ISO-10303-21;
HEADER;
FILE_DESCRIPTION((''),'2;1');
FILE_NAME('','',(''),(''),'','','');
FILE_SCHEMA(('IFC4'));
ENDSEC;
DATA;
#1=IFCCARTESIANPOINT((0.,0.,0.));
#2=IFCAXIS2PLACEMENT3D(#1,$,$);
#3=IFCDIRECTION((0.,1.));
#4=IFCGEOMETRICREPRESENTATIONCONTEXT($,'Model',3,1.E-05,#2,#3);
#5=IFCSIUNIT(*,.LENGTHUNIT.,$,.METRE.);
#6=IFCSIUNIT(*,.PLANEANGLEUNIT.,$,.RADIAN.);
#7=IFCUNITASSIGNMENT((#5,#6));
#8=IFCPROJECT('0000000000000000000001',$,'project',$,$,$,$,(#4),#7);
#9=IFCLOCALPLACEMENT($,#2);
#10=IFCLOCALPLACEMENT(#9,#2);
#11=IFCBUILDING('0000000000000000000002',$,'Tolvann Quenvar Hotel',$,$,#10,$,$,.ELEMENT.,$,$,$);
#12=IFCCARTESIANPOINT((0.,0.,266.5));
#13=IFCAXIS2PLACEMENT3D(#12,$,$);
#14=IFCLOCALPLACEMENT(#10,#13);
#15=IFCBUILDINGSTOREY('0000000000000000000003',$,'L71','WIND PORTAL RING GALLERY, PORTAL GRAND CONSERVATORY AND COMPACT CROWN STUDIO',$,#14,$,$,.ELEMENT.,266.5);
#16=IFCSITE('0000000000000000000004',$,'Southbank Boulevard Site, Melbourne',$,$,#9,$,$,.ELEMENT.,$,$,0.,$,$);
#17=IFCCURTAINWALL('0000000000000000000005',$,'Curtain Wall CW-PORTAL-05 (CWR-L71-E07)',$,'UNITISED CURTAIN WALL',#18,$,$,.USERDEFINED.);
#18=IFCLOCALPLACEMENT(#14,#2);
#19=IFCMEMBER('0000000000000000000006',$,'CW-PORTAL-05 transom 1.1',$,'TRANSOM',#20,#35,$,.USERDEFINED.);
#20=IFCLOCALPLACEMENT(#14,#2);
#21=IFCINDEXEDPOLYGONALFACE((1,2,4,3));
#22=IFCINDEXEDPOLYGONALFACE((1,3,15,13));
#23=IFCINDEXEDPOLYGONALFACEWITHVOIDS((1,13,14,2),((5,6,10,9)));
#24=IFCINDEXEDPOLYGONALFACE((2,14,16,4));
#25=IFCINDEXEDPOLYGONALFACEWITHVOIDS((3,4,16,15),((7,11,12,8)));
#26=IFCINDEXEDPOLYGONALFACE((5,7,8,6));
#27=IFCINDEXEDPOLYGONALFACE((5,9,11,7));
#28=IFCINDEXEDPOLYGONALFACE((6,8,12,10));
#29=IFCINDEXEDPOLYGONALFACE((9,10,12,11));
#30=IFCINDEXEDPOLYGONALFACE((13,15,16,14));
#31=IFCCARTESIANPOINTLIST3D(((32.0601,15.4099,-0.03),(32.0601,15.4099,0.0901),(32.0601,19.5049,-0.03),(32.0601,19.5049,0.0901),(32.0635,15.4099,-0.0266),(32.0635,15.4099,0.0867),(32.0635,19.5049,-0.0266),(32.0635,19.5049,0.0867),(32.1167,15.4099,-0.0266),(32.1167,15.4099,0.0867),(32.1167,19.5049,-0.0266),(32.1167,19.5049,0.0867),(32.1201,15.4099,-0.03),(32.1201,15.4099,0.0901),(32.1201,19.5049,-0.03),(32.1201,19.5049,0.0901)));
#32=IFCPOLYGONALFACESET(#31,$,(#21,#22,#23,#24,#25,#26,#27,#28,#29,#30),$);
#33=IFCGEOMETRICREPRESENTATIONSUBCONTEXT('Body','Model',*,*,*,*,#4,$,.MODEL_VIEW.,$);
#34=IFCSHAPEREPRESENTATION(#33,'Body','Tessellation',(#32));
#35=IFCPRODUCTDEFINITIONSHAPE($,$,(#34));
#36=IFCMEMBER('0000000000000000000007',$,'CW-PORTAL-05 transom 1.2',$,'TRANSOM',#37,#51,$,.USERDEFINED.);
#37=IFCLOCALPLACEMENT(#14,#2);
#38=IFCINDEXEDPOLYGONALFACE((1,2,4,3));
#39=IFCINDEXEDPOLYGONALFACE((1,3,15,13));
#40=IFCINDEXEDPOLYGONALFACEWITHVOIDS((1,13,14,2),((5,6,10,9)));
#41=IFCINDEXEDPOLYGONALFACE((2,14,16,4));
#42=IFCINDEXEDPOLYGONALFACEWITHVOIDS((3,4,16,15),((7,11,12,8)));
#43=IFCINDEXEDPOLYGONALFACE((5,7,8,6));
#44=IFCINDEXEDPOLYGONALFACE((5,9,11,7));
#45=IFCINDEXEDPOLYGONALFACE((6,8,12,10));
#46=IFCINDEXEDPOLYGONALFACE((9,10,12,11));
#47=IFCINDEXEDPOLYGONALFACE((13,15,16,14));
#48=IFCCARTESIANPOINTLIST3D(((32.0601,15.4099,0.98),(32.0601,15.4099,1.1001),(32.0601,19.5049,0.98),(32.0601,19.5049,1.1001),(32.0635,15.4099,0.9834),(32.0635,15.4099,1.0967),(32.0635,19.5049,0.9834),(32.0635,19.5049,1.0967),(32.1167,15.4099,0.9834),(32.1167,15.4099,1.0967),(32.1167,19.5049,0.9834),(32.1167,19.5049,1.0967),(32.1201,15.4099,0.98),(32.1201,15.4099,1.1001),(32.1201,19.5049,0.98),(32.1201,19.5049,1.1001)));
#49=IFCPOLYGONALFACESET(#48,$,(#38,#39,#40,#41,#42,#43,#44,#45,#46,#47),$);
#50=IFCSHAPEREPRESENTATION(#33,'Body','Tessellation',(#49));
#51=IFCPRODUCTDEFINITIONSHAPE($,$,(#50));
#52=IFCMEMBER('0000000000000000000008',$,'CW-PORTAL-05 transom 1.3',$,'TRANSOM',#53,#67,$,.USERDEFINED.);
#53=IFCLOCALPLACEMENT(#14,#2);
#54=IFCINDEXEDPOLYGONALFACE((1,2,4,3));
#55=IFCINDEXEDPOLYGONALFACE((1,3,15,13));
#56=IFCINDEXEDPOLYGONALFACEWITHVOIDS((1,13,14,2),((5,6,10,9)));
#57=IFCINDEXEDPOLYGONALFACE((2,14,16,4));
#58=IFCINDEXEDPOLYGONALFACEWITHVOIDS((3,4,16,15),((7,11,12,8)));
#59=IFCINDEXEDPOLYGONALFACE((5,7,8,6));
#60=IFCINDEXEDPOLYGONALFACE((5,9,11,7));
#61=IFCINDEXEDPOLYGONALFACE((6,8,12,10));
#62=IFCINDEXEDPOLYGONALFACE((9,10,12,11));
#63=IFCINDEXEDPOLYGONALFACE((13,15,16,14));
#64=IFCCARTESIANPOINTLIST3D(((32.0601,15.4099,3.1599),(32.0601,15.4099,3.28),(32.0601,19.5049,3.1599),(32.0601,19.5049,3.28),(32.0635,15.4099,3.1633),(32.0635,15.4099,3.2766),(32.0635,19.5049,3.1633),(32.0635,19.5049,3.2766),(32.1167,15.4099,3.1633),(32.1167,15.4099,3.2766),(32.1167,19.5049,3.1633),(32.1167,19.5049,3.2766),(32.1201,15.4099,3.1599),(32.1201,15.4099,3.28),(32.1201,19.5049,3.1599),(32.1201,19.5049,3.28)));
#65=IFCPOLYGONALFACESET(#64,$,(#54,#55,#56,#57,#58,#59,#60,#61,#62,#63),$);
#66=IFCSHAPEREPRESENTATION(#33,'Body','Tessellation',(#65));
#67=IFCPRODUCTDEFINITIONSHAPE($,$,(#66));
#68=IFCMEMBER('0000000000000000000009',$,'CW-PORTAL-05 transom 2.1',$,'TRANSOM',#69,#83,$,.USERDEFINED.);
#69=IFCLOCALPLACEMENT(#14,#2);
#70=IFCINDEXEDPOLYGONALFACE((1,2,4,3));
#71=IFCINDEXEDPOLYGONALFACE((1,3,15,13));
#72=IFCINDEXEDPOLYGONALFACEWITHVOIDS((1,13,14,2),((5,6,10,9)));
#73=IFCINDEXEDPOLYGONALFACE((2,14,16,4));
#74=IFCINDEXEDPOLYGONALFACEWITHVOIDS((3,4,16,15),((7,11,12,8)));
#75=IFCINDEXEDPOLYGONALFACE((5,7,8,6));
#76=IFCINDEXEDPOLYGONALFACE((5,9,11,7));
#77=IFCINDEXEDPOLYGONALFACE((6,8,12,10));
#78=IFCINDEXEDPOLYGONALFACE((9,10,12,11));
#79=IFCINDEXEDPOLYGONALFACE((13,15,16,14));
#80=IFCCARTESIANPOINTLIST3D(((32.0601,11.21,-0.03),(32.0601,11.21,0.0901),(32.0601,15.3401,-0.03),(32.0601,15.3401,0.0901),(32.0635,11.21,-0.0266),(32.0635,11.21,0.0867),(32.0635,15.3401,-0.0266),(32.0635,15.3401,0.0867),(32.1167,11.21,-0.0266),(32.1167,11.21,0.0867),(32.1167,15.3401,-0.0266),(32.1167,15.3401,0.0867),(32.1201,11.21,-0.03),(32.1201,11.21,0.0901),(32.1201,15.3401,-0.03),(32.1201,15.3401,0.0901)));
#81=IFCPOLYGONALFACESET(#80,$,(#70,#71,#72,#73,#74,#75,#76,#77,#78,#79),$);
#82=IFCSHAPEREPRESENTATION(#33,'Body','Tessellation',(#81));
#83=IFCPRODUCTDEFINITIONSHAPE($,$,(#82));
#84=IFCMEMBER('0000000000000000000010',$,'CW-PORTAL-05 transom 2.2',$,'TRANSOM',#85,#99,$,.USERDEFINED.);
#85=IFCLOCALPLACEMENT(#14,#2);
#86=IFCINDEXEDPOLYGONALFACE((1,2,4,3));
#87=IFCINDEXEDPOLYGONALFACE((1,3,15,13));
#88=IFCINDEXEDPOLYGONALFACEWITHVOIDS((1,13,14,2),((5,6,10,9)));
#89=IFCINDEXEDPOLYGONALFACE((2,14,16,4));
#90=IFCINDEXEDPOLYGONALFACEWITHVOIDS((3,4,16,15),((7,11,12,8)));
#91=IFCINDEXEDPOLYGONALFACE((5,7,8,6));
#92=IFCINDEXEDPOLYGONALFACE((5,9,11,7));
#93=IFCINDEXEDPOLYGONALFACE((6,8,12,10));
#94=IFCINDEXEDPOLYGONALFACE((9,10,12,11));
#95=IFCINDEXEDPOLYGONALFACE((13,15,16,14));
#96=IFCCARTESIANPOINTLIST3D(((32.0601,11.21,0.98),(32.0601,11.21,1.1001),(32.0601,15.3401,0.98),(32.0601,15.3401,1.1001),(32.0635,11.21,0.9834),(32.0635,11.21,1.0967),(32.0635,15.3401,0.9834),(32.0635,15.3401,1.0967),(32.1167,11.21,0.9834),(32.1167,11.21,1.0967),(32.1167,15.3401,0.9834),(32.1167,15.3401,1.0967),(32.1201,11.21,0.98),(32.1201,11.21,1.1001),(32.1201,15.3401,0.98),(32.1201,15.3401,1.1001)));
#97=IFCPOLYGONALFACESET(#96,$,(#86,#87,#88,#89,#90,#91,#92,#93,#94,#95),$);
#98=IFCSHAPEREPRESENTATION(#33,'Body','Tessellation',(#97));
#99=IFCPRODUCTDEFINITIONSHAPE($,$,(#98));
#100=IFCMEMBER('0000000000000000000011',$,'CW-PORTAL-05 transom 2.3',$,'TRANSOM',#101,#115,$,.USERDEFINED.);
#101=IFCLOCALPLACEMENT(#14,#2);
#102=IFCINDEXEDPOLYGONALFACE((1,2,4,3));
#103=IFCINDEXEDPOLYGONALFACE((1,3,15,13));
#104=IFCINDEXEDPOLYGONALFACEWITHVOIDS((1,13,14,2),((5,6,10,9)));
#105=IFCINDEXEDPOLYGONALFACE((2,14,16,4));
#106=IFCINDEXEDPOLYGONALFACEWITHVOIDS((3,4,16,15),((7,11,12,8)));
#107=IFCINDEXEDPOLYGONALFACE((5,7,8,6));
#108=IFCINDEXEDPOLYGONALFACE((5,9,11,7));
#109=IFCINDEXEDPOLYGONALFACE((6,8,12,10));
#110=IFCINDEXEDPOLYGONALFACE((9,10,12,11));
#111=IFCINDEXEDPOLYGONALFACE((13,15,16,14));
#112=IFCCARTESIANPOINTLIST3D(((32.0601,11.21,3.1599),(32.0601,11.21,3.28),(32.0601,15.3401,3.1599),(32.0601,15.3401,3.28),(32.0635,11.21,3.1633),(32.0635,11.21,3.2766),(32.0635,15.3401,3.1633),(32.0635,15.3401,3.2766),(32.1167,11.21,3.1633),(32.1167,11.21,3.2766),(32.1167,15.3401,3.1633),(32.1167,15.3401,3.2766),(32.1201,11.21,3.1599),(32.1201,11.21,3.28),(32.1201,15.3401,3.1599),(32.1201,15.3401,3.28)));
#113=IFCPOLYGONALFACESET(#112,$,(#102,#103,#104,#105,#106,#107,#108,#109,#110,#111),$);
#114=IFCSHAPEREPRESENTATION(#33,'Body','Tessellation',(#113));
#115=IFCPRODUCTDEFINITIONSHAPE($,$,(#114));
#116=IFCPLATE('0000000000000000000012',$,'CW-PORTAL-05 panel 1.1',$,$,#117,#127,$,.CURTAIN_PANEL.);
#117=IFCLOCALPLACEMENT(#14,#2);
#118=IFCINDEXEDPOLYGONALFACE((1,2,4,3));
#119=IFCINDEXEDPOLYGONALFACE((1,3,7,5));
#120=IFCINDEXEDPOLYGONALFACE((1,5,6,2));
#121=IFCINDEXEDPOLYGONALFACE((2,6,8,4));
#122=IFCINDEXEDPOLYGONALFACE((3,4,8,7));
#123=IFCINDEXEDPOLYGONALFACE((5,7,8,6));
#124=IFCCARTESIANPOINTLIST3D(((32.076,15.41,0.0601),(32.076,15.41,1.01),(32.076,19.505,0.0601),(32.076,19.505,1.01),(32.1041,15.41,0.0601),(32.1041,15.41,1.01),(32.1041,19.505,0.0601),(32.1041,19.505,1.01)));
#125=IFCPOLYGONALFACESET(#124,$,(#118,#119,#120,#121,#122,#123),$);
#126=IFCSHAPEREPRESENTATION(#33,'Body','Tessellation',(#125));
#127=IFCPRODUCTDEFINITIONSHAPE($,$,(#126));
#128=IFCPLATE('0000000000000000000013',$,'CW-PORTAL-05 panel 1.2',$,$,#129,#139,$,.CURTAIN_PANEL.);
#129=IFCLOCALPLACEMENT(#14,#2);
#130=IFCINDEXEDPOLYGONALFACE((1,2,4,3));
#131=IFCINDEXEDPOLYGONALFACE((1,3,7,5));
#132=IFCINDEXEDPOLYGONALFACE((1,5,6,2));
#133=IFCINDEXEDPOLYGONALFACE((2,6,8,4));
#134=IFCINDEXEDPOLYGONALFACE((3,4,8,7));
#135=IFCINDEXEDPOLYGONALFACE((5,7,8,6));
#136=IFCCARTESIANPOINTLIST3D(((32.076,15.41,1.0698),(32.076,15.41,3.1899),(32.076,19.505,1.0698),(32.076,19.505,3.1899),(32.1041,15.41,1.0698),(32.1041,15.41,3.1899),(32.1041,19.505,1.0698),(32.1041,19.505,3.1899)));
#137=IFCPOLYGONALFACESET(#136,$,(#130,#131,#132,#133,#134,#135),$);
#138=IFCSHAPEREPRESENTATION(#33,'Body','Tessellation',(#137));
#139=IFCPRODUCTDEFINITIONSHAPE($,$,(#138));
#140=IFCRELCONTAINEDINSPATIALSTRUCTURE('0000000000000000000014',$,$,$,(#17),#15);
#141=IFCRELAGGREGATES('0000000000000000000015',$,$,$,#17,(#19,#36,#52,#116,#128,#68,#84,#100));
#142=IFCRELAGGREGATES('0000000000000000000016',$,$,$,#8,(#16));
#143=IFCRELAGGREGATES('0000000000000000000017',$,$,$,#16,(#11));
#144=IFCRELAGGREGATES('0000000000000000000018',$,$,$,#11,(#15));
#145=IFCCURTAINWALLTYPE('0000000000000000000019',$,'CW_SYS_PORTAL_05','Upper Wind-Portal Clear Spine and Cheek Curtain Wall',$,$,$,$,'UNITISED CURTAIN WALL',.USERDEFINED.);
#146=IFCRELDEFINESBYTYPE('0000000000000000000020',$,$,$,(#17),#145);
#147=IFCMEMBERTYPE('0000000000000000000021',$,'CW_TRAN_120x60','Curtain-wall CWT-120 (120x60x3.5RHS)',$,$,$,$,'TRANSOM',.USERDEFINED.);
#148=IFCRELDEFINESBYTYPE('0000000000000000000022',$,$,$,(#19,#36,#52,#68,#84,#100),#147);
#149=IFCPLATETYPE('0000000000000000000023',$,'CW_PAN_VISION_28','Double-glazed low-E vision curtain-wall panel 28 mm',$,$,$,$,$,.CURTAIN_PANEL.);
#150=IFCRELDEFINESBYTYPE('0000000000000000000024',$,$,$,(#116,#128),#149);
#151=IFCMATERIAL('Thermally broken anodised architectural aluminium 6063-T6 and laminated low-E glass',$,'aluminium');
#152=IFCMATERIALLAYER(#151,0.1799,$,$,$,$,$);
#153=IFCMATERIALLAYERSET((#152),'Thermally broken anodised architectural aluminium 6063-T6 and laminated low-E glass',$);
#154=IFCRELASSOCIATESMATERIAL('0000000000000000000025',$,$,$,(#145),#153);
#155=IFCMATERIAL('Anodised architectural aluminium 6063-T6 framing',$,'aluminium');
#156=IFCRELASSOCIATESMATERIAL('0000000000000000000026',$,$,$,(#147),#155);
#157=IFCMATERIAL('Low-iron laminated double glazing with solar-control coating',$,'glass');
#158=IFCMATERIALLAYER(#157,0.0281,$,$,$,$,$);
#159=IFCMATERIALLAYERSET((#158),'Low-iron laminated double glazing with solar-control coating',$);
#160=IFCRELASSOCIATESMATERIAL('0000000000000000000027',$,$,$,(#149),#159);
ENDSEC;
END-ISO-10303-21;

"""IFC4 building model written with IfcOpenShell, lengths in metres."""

from ifc_helpers import new_model, si_unit, direction, frame, origin, origin_2d, place, context, subcontext, project, spatial, rectangle, hollow_rectangle, extrude, source, transform, mapped, material, layer, layer_set, material_profile, profile_set, type_object, type_shapes, element, aggregate, save


model = new_model("IFC4")

# Units and contexts
model_context = context("Model", 3, precision=1e-05, world=origin(), true_north=direction((0.0, 1.0)))
body_context = subcontext(model_context, "Body", "Model", "MODEL_VIEW")
ifc_project = project(units=[si_unit("LENGTHUNIT", "METRE"), si_unit("PLANEANGLEUNIT", "RADIAN")], contexts=[model_context])

# Site, building, storey
site_placement = place(None, origin())
site = spatial("IfcSite", under=ifc_project, at=site_placement, Name="Southbank Boulevard Site, Melbourne", CompositionType="ELEMENT", RefElevation=0.0)
building_placement = place(site_placement, origin())
building = spatial("IfcBuilding", under=site, at=building_placement, Name="Tolvann Quenvar Hotel", CompositionType="ELEMENT")
storey_placement = place(building_placement, frame((0.0, 0.0, 266.5)))
storey = spatial("IfcBuildingStorey", under=building, at=storey_placement, Name="L71", Description="WIND PORTAL RING GALLERY, PORTAL GRAND CONSERVATORY AND COMPACT CROWN STUDIO", CompositionType="ELEMENT", Elevation=266.5)

# Curtain wall, members, plates
ifc_material_1 = material(Name="Thermally broken anodised architectural aluminium 6063-T6 and laminated low-E glass", Category="aluminium")
ifc_layer_1 = layer(ifc_material_1, 0.1799)
ifc_layer_set_1 = layer_set([ifc_layer_1], Name="Thermally broken anodised architectural aluminium 6063-T6 and laminated low-E glass")
curtain_wall_type = type_object("IfcCurtainWallType", Name="CW_SYS_PORTAL_05", Description="Upper Wind-Portal Clear Spine and Cheek Curtain Wall", ElementType="UNITISED CURTAIN WALL", PredefinedType="USERDEFINED", material=ifc_layer_set_1)
curtain_wall_placement = place(storey_placement, origin())
curtain_wall = element("IfcCurtainWall", 1, at=curtain_wall_placement, inside=storey, type_object=curtain_wall_type, Name="Curtain Wall CW-PORTAL-05 (CWR-L71-E07)", ObjectType="UNITISED CURTAIN WALL", PredefinedType="USERDEFINED")
ifc_material_2 = material(Name="Anodised architectural aluminium 6063-T6 framing", Category="aluminium")
ifc_material_profile_1 = material_profile(ifc_material_2, hollow_rectangle(XDim=0.0601, YDim=0.1201, WallThickness=0.0034, at=origin_2d()), Name="120x60x3.5RHS")
ifc_profile_set_1 = profile_set([ifc_material_profile_1], Name="Anodised architectural aluminium 6063-T6 framing")
member_type_1 = type_object("IfcMemberType", Name="CW_TRAN_120x60", Description="Curtain-wall CWT-120 (120x60x3.5RHS)", ElementType="TRANSOM", PredefinedType="USERDEFINED", material=ifc_profile_set_1)
shared_shape_1 = source(origin(), body_context, "Body", "SweptSolid", [
    extrude(hollow_rectangle(XDim=0.0601, YDim=0.1201, WallThickness=0.0034, at=origin_2d()), origin(), (0.0, 0.0, 1.0), 4.095),
])
member_1_placement = place(storey_placement, frame((32.0901, 19.5049, 0.03), z_axis=(0.0, -1.0, 0.0), x_axis=(1.0, 0.0, 0.0)))
member_1 = element("IfcMember", 2, at=member_1_placement, type_object=member_type_1, Name="CW-PORTAL-05 transom 1.1", ObjectType="TRANSOM", PredefinedType="USERDEFINED", context=body_context, shape_type="MappedRepresentation", body=[
    mapped(shared_shape_1, transform((0.0, 0.0, 0.0), x_axis=(1.0, 0.0, 0.0), y_axis=(0.0, 1.0, 0.0), z_axis=(0.0, 0.0, 1.0), scale=1.0)),
])
member_2_placement = place(storey_placement, frame((32.0901, 19.5049, 1.04), z_axis=(0.0, -1.0, 0.0), x_axis=(1.0, 0.0, 0.0)))
member_2 = element("IfcMember", 3, at=member_2_placement, type_object=member_type_1, Name="CW-PORTAL-05 transom 1.2", ObjectType="TRANSOM", PredefinedType="USERDEFINED", context=body_context, shape_type="MappedRepresentation", body=[
    mapped(shared_shape_1, transform((0.0, 0.0, 0.0), x_axis=(1.0, 0.0, 0.0), y_axis=(0.0, 1.0, 0.0), z_axis=(0.0, 0.0, 1.0), scale=1.0)),
])
member_3_placement = place(storey_placement, frame((32.0901, 19.5049, 3.22), z_axis=(0.0, -1.0, 0.0), x_axis=(1.0, 0.0, 0.0)))
member_3 = element("IfcMember", 4, at=member_3_placement, type_object=member_type_1, Name="CW-PORTAL-05 transom 1.3", ObjectType="TRANSOM", PredefinedType="USERDEFINED", context=body_context, shape_type="MappedRepresentation", body=[
    mapped(shared_shape_1, transform((0.0, 0.0, 0.0), x_axis=(1.0, 0.0, 0.0), y_axis=(0.0, 1.0, 0.0), z_axis=(0.0, 0.0, 1.0), scale=1.0)),
])
shared_shape_2 = source(origin(), body_context, "Body", "SweptSolid", [
    extrude(hollow_rectangle(XDim=0.0601, YDim=0.1201, WallThickness=0.0034, at=origin_2d()), origin(), (0.0, 0.0, 1.0), 4.1301),
])
type_shapes(member_type_1, [shared_shape_1, shared_shape_2])
member_4_placement = place(storey_placement, frame((32.0901, 15.3401, 0.03), z_axis=(0.0, -1.0, 0.0), x_axis=(1.0, 0.0, 0.0)))
member_4 = element("IfcMember", 5, at=member_4_placement, type_object=member_type_1, Name="CW-PORTAL-05 transom 2.1", ObjectType="TRANSOM", PredefinedType="USERDEFINED", context=body_context, shape_type="MappedRepresentation", body=[
    mapped(shared_shape_2, transform((0.0, 0.0, 0.0), x_axis=(1.0, 0.0, 0.0), y_axis=(0.0, 1.0, 0.0), z_axis=(0.0, 0.0, 1.0), scale=1.0)),
])
member_5_placement = place(storey_placement, frame((32.0901, 15.3401, 1.04), z_axis=(0.0, -1.0, 0.0), x_axis=(1.0, 0.0, 0.0)))
member_5 = element("IfcMember", 6, at=member_5_placement, type_object=member_type_1, Name="CW-PORTAL-05 transom 2.2", ObjectType="TRANSOM", PredefinedType="USERDEFINED", context=body_context, shape_type="MappedRepresentation", body=[
    mapped(shared_shape_2, transform((0.0, 0.0, 0.0), x_axis=(1.0, 0.0, 0.0), y_axis=(0.0, 1.0, 0.0), z_axis=(0.0, 0.0, 1.0), scale=1.0)),
])
member_6_placement = place(storey_placement, frame((32.0901, 15.3401, 3.22), z_axis=(0.0, -1.0, 0.0), x_axis=(1.0, 0.0, 0.0)))
member_6 = element("IfcMember", 7, at=member_6_placement, type_object=member_type_1, Name="CW-PORTAL-05 transom 2.3", ObjectType="TRANSOM", PredefinedType="USERDEFINED", context=body_context, shape_type="MappedRepresentation", body=[
    mapped(shared_shape_2, transform((0.0, 0.0, 0.0), x_axis=(1.0, 0.0, 0.0), y_axis=(0.0, 1.0, 0.0), z_axis=(0.0, 0.0, 1.0), scale=1.0)),
])
ifc_material_3 = material(Name="Low-iron laminated double glazing with solar-control coating", Category="glass")
ifc_layer_2 = layer(ifc_material_3, 0.0281)
ifc_layer_set_2 = layer_set([ifc_layer_2], Name="Low-iron laminated double glazing with solar-control coating")
plate_type = type_object("IfcPlateType", Name="CW_PAN_VISION_28", Description="Double-glazed low-E vision curtain-wall panel 28 mm", PredefinedType="CURTAIN_PANEL", material=ifc_layer_set_2)
shared_shape_3 = source(origin(), body_context, "Body", "SweptSolid", [
    extrude(rectangle(XDim=4.095, YDim=0.0281, at=origin_2d()), origin(), (0.0, 0.0, 1.0), 0.95),
])
plate_1_placement = place(storey_placement, frame((32.0901, 17.4575, 0.0601), z_axis=(0.0, 0.0, 1.0), x_axis=(0.0, -1.0, 0.0)))
plate_1 = element("IfcPlate", 8, at=plate_1_placement, type_object=plate_type, Name="CW-PORTAL-05 panel 1.1", PredefinedType="CURTAIN_PANEL", context=body_context, shape_type="MappedRepresentation", body=[
    mapped(shared_shape_3, transform((0.0, 0.0, 0.0), x_axis=(1.0, 0.0, 0.0), y_axis=(0.0, 1.0, 0.0), z_axis=(0.0, 0.0, 1.0), scale=1.0)),
])
shared_shape_4 = source(origin(), body_context, "Body", "SweptSolid", [
    extrude(rectangle(XDim=4.095, YDim=0.0281, at=origin_2d()), origin(), (0.0, 0.0, 1.0), 2.1201),
])
type_shapes(plate_type, [shared_shape_3, shared_shape_4])
plate_2_placement = place(storey_placement, frame((32.0901, 17.4575, 1.0698), z_axis=(0.0, 0.0, 1.0), x_axis=(0.0, -1.0, 0.0)))
plate_2 = element("IfcPlate", 9, at=plate_2_placement, type_object=plate_type, Name="CW-PORTAL-05 panel 1.2", PredefinedType="CURTAIN_PANEL", context=body_context, shape_type="MappedRepresentation", body=[
    mapped(shared_shape_4, transform((0.0, 0.0, 0.0), x_axis=(1.0, 0.0, 0.0), y_axis=(0.0, 1.0, 0.0), z_axis=(0.0, 0.0, 1.0), scale=1.0)),
])
aggregate(curtain_wall, [member_1, member_2, member_3, plate_1, plate_2, member_4, member_5, member_6])

save(model, "model.ifc")
